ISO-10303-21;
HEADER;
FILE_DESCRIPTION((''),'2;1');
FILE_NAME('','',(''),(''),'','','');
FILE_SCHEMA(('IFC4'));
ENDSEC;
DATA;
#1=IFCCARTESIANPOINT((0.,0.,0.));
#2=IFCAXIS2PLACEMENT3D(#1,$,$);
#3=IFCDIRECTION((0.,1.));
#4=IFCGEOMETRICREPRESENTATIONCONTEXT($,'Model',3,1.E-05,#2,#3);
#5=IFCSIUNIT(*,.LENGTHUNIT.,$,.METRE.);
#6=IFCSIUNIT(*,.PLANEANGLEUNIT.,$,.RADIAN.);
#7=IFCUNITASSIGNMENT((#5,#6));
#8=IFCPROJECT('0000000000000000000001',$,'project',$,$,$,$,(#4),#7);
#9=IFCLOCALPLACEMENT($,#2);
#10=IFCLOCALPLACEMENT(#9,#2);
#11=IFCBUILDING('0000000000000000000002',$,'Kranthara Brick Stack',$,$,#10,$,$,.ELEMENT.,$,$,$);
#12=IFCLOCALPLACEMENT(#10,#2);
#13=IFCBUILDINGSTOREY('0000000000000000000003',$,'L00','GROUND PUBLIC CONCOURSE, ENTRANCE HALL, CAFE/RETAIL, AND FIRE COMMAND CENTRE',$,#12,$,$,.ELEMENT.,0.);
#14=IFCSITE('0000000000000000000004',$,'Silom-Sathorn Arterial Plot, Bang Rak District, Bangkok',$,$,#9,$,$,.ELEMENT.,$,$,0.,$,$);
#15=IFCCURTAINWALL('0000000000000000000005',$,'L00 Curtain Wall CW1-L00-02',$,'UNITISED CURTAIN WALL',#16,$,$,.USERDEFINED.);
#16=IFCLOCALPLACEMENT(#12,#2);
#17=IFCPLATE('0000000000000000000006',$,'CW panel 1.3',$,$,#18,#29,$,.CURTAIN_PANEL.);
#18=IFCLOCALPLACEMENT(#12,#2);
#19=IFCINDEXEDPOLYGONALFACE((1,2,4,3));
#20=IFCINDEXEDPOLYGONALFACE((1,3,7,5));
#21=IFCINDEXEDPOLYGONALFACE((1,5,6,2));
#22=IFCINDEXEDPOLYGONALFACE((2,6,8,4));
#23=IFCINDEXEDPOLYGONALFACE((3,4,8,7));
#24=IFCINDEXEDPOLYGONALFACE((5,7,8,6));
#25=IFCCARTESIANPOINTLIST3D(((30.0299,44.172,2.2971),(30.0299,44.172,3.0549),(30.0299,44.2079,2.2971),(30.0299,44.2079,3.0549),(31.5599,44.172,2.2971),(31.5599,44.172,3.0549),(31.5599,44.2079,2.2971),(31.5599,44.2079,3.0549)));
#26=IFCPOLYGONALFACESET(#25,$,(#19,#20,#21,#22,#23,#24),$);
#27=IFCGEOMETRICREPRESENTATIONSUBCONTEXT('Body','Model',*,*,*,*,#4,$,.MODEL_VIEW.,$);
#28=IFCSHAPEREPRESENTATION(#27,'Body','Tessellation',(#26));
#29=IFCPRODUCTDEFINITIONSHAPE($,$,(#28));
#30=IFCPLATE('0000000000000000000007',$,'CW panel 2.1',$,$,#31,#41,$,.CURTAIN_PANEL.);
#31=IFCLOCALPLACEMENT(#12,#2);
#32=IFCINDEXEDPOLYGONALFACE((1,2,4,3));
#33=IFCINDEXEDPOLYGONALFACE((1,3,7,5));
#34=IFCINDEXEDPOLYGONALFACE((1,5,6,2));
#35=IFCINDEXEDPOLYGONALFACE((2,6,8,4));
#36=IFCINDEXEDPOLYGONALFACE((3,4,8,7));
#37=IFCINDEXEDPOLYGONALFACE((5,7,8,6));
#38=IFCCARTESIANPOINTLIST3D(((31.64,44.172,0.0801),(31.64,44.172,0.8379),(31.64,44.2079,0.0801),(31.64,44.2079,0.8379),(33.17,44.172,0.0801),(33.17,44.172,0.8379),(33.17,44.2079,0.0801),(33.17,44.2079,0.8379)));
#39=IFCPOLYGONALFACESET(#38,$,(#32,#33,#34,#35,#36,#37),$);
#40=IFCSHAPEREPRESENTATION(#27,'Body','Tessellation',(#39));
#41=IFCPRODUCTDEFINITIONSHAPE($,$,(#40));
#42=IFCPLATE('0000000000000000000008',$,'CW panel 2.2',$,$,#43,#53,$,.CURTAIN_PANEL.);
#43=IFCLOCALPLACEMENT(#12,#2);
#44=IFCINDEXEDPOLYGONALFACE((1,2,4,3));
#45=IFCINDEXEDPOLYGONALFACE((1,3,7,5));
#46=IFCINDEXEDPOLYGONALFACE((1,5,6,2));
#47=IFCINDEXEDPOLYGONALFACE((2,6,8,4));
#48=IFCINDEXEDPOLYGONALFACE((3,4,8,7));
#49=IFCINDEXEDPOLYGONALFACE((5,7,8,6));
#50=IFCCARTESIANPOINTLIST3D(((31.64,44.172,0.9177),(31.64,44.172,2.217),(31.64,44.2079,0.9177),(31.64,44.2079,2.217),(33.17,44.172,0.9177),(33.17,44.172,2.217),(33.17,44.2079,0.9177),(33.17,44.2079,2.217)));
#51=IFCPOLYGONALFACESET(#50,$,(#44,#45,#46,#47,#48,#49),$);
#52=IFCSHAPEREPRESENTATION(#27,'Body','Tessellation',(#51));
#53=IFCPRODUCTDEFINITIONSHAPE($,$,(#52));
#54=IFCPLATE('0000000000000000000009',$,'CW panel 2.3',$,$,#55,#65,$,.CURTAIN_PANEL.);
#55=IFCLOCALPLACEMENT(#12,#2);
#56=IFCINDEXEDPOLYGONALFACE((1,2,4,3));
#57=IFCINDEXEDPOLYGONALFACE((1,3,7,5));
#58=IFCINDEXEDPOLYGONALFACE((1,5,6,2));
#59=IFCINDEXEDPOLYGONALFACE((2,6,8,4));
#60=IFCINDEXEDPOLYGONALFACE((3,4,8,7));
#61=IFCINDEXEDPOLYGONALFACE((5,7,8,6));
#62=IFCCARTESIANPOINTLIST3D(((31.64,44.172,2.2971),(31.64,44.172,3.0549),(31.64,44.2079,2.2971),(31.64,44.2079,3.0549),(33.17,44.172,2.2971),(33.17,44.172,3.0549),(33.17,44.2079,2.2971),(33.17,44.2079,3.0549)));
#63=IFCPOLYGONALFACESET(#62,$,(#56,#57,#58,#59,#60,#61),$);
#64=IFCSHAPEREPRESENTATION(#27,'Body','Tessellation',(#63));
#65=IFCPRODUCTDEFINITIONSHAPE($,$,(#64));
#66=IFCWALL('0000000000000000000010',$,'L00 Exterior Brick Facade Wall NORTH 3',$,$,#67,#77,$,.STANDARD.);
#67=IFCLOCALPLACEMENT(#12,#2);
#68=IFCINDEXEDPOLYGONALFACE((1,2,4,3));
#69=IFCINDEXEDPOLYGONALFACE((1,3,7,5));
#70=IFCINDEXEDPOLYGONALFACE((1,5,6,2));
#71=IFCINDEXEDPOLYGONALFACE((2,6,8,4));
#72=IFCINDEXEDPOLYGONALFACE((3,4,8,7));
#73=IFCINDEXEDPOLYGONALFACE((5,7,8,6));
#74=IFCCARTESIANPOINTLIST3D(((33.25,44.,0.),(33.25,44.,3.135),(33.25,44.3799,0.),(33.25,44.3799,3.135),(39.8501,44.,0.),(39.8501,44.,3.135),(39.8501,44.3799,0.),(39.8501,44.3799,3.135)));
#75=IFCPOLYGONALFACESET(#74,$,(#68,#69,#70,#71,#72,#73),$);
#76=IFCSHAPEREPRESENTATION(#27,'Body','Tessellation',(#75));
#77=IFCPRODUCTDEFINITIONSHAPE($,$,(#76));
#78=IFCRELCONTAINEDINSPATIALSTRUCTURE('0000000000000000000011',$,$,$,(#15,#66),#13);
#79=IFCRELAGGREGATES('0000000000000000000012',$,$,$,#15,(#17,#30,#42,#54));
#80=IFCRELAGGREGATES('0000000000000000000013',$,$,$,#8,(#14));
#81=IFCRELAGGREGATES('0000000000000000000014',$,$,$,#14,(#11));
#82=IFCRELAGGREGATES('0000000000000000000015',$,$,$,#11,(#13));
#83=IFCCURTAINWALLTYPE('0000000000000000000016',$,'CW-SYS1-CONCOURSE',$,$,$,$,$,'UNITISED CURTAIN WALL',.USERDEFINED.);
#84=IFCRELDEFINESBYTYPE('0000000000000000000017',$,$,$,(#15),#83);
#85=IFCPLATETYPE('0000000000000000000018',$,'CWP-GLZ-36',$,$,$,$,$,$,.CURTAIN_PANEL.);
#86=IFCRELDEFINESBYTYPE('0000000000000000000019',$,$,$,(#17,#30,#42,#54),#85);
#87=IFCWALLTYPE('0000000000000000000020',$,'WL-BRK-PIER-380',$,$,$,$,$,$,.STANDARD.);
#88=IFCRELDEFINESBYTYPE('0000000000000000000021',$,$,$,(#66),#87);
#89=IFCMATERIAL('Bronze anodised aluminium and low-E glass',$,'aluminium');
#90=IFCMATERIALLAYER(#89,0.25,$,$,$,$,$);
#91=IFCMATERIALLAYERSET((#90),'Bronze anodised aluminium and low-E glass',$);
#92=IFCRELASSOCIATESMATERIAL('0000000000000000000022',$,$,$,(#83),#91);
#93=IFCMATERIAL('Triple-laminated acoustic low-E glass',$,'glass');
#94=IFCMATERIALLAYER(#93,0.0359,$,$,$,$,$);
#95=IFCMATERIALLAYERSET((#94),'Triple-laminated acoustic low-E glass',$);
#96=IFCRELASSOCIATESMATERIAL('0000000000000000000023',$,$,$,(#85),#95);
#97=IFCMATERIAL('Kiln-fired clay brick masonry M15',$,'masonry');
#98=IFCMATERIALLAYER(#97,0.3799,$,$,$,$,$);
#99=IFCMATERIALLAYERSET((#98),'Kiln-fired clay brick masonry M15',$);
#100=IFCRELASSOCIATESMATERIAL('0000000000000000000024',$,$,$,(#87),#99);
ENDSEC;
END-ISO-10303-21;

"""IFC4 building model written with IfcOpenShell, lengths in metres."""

from ifc_helpers import new_model, si_unit, direction, frame, frame_2d, origin, origin_2d, place, context, subcontext, project, spatial, rectangle, extrude, material, layer, layer_set, type_object, element, aggregate, save


model = new_model("IFC4")

# Units and contexts
model_context = context("Model", 3, precision=1e-05, world=origin(), true_north=direction((0.0, 1.0)))
body_context = subcontext(model_context, "Body", "Model", "MODEL_VIEW")
ifc_project = project(units=[si_unit("LENGTHUNIT", "METRE"), si_unit("PLANEANGLEUNIT", "RADIAN")], contexts=[model_context])

# Site, building, storey
site_placement = place(None, origin())
site = spatial("IfcSite", under=ifc_project, at=site_placement, Name="Silom-Sathorn Arterial Plot, Bang Rak District, Bangkok", CompositionType="ELEMENT", RefElevation=0.0)
building_placement = place(site_placement, origin())
building = spatial("IfcBuilding", under=site, at=building_placement, Name="Kranthara Brick Stack", CompositionType="ELEMENT")
storey_placement = place(building_placement, origin())
storey = spatial("IfcBuildingStorey", under=building, at=storey_placement, Name="L00", Description="GROUND PUBLIC CONCOURSE, ENTRANCE HALL, CAFE/RETAIL, AND FIRE COMMAND CENTRE", CompositionType="ELEMENT", Elevation=0.0)

# Curtain wall
ifc_material_1 = material(Name="Bronze anodised aluminium and low-E glass", Category="aluminium")
ifc_layer_1 = layer(ifc_material_1, 0.25)
ifc_layer_set_1 = layer_set([ifc_layer_1], Name="Bronze anodised aluminium and low-E glass")
curtain_wall_type = type_object("IfcCurtainWallType", Name="CW-SYS1-CONCOURSE", ElementType="UNITISED CURTAIN WALL", PredefinedType="USERDEFINED", material=ifc_layer_set_1)
curtain_wall_1_placement = place(storey_placement, origin())
curtain_wall_1 = element("IfcCurtainWall", 1, at=curtain_wall_1_placement, inside=storey, type_object=curtain_wall_type, Name="L00 Curtain Wall CW1-L00-02", ObjectType="UNITISED CURTAIN WALL", PredefinedType="USERDEFINED")

# Plates
ifc_material_2 = material(Name="Triple-laminated acoustic low-E glass", Category="glass")
ifc_layer_2 = layer(ifc_material_2, 0.0359)
ifc_layer_set_2 = layer_set([ifc_layer_2], Name="Triple-laminated acoustic low-E glass")
plate_type = type_object("IfcPlateType", Name="CWP-GLZ-36", PredefinedType="CURTAIN_PANEL", material=ifc_layer_set_2)
plate_1_placement = place(storey_placement, frame((30.7949, 44.1899, 2.2971), z_axis=(0.0, 0.0, 1.0), x_axis=(1.0, 0.0, 0.0)))
plate_1 = element("IfcPlate", 2, at=plate_1_placement, type_object=plate_type, Name="CW panel 1.3", PredefinedType="CURTAIN_PANEL", context=body_context, shape_type="SweptSolid", body=[
    extrude(rectangle(XDim=1.53, YDim=0.0359, at=origin_2d()), origin(), (0.0, 0.0, 1.0), 0.7578),
])
plate_2_placement = place(storey_placement, frame((32.405, 44.1899, 0.0801), z_axis=(0.0, 0.0, 1.0), x_axis=(1.0, 0.0, 0.0)))
plate_2 = element("IfcPlate", 3, at=plate_2_placement, type_object=plate_type, Name="CW panel 2.1", PredefinedType="CURTAIN_PANEL", context=body_context, shape_type="SweptSolid", body=[
    extrude(rectangle(XDim=1.53, YDim=0.0359, at=origin_2d()), origin(), (0.0, 0.0, 1.0), 0.7578),
])
plate_3_placement = place(storey_placement, frame((32.405, 44.1899, 0.9177), z_axis=(0.0, 0.0, 1.0), x_axis=(1.0, 0.0, 0.0)))
plate_3 = element("IfcPlate", 4, at=plate_3_placement, type_object=plate_type, Name="CW panel 2.2", PredefinedType="CURTAIN_PANEL", context=body_context, shape_type="SweptSolid", body=[
    extrude(rectangle(XDim=1.53, YDim=0.0359, at=origin_2d()), origin(), (0.0, 0.0, 1.0), 1.2993),
])
plate_4_placement = place(storey_placement, frame((32.405, 44.1899, 2.2971), z_axis=(0.0, 0.0, 1.0), x_axis=(1.0, 0.0, 0.0)))
plate_4 = element("IfcPlate", 5, at=plate_4_placement, type_object=plate_type, Name="CW panel 2.3", PredefinedType="CURTAIN_PANEL", context=body_context, shape_type="SweptSolid", body=[
    extrude(rectangle(XDim=1.53, YDim=0.0359, at=origin_2d()), origin(), (0.0, 0.0, 1.0), 0.7578),
])
aggregate(curtain_wall_1, [plate_1, plate_2, plate_3, plate_4])

# Wall
ifc_material_3 = material(Name="Kiln-fired clay brick masonry M15", Category="masonry")
ifc_layer_3 = layer(ifc_material_3, 0.3799)
ifc_layer_set_3 = layer_set([ifc_layer_3], Name="Kiln-fired clay brick masonry M15")
wall_type = type_object("IfcWallType", Name="WL-BRK-PIER-380", PredefinedType="STANDARD", material=ifc_layer_set_3)
wall_placement = place(storey_placement, frame((33.25, 44.1899, 0.0), z_axis=(0.0, 0.0, 1.0), x_axis=(1.0, 0.0, 0.0)))
element("IfcWall", 6, at=wall_placement, inside=storey, type_object=wall_type, Name="L00 Exterior Brick Facade Wall NORTH 3", PredefinedType="STANDARD", context=body_context, shape_type="SweptSolid", body=[
    extrude(rectangle(XDim=6.6001, YDim=0.3799, at=frame_2d((3.3, 0.0))), origin(), (0.0, 0.0, 1.0), 3.135),
])

save(model, "model.ifc")
